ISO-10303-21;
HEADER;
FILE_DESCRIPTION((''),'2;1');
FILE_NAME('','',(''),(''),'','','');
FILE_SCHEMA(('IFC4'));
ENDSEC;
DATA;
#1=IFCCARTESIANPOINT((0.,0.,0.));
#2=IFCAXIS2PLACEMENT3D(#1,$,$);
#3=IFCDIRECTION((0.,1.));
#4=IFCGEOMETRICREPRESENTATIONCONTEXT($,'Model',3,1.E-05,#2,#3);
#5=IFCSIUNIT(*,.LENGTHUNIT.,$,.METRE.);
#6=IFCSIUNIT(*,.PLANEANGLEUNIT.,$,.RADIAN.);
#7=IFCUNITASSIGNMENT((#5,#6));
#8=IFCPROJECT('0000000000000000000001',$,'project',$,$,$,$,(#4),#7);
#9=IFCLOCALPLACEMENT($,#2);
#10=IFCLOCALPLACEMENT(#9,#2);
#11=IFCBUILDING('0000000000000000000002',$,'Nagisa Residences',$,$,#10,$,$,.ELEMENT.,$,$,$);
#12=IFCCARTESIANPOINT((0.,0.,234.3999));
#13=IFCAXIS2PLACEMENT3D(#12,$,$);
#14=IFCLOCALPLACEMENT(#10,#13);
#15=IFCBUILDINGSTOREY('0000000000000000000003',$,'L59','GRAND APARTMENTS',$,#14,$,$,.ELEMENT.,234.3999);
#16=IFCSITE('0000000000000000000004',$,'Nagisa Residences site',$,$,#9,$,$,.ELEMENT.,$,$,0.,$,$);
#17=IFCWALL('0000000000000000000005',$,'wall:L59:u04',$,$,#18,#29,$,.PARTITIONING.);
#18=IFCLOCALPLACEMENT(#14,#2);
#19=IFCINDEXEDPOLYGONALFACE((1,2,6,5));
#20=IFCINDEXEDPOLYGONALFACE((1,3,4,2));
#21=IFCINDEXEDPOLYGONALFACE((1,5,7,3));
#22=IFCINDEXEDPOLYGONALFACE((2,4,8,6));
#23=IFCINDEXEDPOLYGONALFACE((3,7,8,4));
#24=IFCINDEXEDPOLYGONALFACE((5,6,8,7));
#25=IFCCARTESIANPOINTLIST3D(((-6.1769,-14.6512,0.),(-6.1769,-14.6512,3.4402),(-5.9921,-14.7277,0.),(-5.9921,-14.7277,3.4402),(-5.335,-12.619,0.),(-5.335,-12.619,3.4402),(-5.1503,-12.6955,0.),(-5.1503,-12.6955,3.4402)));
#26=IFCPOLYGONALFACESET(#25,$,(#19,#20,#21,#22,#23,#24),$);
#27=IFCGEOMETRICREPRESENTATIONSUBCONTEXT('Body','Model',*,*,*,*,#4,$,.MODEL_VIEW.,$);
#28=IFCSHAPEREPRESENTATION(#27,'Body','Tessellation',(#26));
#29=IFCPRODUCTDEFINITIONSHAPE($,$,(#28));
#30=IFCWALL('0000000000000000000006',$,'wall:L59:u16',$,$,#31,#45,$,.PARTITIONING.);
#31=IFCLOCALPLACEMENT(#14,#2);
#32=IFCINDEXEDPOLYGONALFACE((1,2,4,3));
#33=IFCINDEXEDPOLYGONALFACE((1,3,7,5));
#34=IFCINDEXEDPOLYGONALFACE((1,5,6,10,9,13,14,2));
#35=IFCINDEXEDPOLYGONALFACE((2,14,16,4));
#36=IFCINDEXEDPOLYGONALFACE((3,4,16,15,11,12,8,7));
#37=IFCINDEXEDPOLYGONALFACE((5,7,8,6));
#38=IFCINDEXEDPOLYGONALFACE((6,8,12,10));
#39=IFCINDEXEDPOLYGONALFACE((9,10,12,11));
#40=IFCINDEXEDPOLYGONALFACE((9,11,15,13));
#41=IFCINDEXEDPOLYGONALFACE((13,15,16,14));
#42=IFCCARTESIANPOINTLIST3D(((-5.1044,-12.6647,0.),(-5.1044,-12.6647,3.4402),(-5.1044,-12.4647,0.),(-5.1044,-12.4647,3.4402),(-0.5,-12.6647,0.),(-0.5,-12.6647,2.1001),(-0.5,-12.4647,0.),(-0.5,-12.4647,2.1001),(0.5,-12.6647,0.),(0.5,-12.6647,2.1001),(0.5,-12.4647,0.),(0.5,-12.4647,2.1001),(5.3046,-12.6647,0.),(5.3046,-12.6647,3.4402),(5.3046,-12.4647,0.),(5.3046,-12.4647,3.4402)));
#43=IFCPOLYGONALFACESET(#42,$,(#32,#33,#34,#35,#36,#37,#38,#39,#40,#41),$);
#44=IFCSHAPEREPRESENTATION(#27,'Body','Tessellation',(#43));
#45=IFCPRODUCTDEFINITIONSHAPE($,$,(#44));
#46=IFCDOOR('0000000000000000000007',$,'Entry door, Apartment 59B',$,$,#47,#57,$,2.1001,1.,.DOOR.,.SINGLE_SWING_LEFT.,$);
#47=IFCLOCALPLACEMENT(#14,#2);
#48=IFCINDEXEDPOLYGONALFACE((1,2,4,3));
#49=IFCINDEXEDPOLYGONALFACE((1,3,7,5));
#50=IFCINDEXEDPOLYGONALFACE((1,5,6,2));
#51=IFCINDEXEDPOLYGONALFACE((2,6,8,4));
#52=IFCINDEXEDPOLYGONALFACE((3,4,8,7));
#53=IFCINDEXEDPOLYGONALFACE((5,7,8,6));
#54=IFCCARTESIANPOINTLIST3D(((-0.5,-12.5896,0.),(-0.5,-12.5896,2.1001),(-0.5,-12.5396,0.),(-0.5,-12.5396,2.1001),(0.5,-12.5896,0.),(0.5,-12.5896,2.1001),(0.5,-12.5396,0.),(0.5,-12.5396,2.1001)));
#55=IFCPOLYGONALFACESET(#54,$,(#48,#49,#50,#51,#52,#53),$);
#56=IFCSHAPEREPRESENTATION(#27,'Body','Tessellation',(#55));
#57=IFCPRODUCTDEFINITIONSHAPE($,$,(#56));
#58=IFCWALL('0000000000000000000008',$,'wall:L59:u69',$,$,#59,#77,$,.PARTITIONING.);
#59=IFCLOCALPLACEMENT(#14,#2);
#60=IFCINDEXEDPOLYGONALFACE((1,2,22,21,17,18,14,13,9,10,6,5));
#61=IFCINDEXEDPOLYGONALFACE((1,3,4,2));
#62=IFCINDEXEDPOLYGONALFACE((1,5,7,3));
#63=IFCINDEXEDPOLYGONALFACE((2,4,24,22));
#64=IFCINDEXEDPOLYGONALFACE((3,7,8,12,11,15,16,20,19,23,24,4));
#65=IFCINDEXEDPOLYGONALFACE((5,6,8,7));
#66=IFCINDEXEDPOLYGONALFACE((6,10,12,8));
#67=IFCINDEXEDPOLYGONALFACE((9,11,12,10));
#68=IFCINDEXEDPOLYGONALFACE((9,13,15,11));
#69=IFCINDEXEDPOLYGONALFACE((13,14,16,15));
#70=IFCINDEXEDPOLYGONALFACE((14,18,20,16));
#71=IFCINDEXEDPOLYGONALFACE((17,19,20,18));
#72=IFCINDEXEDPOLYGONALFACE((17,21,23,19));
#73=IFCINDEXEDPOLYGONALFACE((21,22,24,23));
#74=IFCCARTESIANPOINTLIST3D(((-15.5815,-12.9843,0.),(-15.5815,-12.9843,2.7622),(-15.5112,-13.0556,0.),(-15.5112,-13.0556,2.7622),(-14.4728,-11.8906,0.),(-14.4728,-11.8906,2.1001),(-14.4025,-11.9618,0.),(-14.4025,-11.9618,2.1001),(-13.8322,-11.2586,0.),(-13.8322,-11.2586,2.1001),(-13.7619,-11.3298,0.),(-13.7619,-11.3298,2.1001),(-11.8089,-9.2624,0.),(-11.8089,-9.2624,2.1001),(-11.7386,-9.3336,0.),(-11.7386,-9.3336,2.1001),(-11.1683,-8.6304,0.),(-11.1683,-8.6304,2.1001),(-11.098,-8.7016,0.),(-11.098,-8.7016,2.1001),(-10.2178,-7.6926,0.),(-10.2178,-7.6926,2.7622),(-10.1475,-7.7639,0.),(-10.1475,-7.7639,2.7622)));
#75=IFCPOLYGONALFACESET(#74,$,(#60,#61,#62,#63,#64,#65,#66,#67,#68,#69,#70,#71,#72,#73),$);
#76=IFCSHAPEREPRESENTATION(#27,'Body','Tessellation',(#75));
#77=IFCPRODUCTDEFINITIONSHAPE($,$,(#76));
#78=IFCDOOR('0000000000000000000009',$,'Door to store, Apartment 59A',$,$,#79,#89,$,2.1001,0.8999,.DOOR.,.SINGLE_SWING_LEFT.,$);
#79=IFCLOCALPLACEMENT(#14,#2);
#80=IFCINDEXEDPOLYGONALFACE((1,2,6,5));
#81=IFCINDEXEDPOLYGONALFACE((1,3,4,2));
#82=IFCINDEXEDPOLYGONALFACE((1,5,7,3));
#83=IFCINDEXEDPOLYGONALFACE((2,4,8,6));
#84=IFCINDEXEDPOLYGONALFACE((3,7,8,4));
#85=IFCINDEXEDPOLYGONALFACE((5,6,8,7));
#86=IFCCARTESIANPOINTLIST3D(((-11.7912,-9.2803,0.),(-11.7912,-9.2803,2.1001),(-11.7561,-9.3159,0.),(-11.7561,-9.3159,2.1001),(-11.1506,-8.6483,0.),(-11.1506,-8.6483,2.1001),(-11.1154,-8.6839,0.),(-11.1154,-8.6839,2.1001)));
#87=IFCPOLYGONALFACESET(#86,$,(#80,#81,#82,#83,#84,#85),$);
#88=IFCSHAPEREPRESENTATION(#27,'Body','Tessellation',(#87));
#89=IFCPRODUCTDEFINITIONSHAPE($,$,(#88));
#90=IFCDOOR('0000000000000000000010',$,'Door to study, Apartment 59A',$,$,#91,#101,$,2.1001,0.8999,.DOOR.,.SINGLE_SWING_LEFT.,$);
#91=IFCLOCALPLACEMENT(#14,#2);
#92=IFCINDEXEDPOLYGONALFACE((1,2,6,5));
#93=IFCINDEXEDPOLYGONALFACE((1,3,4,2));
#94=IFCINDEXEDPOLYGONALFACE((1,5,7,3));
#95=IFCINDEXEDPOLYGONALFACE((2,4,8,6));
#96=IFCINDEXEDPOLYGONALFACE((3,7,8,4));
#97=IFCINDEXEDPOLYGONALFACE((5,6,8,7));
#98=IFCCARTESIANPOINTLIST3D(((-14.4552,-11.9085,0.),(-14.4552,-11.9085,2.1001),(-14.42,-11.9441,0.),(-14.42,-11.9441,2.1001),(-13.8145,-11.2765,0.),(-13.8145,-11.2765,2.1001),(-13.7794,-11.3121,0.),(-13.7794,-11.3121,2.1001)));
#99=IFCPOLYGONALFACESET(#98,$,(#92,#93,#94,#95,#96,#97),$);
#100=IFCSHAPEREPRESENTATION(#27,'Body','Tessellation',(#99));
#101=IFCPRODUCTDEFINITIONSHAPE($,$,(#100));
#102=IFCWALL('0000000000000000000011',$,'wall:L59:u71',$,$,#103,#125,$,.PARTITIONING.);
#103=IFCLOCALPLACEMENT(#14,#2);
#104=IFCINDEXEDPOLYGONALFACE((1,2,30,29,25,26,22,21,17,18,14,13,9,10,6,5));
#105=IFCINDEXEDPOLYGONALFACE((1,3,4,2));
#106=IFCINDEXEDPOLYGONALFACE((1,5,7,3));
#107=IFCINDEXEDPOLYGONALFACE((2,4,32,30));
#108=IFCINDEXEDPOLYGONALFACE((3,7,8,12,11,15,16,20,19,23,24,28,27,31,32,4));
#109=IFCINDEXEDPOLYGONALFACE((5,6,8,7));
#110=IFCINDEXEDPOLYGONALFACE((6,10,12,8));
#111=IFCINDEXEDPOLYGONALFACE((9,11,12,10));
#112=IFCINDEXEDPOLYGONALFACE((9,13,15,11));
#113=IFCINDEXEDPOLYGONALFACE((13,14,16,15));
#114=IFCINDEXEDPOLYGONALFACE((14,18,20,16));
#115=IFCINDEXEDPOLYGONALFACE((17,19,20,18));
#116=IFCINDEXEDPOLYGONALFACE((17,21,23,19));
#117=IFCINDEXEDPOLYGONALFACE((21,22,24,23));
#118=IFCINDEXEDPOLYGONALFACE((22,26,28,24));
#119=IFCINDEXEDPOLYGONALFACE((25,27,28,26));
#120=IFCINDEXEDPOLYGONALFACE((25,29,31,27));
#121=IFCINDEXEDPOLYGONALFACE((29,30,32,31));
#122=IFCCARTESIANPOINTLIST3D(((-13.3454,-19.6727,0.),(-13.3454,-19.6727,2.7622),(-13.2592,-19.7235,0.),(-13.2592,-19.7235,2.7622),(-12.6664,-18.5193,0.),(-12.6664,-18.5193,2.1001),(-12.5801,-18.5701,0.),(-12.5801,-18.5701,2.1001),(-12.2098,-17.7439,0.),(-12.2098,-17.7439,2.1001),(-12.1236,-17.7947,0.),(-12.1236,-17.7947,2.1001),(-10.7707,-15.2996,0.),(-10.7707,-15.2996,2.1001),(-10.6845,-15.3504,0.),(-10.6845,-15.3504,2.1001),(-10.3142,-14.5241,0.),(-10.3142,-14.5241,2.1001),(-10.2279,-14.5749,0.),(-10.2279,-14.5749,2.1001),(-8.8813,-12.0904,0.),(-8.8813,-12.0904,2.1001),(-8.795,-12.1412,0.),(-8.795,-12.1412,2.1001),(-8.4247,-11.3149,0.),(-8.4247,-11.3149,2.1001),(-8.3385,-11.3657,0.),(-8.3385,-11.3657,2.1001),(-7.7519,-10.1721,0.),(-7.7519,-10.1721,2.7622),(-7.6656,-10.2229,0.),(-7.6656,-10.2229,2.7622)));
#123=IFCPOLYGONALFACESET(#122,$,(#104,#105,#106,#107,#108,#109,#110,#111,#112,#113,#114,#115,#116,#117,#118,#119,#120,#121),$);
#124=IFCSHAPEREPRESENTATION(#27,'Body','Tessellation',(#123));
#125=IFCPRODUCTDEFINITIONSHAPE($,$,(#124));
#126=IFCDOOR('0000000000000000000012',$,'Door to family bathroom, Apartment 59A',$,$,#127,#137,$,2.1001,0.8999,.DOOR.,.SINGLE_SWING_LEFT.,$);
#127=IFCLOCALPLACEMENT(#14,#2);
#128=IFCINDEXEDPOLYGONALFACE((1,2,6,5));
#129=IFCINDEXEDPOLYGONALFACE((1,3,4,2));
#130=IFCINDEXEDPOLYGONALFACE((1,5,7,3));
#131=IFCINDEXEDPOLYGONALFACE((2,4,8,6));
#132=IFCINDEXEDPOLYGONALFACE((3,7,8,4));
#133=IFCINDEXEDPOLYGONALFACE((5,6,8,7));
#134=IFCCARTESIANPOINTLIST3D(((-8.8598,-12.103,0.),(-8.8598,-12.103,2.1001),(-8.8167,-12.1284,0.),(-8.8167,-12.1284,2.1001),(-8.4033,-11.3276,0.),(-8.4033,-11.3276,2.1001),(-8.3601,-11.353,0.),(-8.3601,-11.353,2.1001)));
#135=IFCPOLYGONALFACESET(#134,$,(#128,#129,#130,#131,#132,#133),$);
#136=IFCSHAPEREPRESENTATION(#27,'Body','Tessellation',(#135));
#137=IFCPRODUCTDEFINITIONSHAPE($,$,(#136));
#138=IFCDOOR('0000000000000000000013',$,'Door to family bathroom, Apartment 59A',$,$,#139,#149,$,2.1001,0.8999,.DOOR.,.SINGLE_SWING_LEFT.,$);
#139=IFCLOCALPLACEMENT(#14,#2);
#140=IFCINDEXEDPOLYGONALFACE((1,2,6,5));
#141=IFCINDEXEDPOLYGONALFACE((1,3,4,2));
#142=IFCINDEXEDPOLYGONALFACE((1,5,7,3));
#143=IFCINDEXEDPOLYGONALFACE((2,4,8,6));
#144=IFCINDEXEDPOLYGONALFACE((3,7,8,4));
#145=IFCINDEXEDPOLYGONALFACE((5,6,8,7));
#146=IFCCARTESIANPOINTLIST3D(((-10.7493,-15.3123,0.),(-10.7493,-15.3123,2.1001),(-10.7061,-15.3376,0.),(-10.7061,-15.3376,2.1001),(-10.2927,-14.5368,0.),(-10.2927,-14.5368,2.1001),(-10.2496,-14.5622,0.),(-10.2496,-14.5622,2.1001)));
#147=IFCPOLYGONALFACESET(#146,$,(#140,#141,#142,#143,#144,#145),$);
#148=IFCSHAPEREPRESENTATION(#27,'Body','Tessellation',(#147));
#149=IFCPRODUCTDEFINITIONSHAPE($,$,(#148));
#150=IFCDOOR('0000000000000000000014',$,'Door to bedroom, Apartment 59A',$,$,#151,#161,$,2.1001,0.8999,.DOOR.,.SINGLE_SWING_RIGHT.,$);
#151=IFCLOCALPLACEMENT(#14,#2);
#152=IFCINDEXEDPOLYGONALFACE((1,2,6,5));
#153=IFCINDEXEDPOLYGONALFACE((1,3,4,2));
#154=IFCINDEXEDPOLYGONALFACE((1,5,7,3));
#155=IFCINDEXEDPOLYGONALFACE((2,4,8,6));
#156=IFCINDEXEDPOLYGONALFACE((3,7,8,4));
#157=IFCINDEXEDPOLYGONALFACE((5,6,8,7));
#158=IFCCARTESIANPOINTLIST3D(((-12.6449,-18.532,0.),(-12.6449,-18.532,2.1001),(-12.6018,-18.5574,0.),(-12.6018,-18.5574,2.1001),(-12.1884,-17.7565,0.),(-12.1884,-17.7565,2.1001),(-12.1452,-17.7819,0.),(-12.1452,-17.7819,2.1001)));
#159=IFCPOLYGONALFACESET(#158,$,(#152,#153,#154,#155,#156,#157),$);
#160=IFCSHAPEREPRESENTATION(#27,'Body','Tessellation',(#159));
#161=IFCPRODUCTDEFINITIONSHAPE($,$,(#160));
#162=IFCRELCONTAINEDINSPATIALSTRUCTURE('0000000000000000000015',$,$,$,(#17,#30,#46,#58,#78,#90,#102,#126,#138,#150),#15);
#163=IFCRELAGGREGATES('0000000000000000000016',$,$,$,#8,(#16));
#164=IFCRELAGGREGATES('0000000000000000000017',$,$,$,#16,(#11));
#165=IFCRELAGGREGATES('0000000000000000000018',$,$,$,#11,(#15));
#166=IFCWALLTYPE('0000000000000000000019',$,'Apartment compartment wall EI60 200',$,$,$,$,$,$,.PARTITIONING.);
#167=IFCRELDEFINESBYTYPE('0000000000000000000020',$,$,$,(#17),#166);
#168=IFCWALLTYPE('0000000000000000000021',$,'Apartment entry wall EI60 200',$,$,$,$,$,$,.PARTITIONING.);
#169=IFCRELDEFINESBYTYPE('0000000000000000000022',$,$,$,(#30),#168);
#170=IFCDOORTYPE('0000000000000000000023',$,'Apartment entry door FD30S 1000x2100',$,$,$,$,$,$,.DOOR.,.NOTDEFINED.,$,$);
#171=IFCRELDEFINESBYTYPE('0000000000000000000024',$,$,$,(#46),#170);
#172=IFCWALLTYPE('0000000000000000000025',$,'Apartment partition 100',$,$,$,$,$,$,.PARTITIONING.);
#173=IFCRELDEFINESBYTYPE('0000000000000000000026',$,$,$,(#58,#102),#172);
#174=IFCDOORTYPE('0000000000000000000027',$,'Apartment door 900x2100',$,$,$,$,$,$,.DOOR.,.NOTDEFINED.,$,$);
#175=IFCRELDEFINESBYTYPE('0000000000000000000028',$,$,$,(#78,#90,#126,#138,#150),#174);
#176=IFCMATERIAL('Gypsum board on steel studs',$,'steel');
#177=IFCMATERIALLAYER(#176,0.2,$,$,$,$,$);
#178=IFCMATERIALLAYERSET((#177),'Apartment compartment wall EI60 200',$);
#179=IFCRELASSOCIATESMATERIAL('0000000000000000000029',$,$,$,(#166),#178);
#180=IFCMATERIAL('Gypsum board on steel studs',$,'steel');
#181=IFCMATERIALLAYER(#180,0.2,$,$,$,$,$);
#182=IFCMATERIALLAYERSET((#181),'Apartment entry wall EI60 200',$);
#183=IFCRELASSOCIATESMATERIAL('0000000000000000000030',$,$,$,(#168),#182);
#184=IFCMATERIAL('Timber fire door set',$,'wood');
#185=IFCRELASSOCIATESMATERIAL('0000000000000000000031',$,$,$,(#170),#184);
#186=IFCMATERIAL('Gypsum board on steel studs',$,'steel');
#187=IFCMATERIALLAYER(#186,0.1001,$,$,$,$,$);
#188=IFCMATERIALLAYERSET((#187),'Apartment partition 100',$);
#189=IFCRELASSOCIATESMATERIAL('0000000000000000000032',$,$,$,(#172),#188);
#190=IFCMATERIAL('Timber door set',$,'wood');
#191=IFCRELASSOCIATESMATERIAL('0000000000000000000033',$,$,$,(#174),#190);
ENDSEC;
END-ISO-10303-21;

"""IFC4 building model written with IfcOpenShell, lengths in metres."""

from ifc_helpers import new_model, si_unit, direction, frame, frame_2d, origin, place, context, subcontext, project, spatial, rectangle, extrude, material, layer, layer_set, type_object, element, fill, save


model = new_model("IFC4")

# Units and contexts
model_context = context("Model", 3, precision=1e-05, world=origin(), true_north=direction((0.0, 1.0)))
body_context = subcontext(model_context, "Body", "Model", "MODEL_VIEW")
ifc_project = project(units=[si_unit("LENGTHUNIT", "METRE"), si_unit("PLANEANGLEUNIT", "RADIAN")], contexts=[model_context])

# Site, building, storey
site_placement = place(None, origin())
site = spatial("IfcSite", under=ifc_project, at=site_placement, Name="Nagisa Residences site", CompositionType="ELEMENT", RefElevation=0.0)
building_placement = place(site_placement, origin())
building = spatial("IfcBuilding", under=site, at=building_placement, Name="Nagisa Residences", CompositionType="ELEMENT")
storey_placement = place(building_placement, frame((0.0, 0.0, 234.3999)))
storey = spatial("IfcBuildingStorey", under=building, at=storey_placement, Name="L59", Description="GRAND APARTMENTS", CompositionType="ELEMENT", Elevation=234.3999)

# Wall
ifc_material_1 = material(Name="Gypsum board on steel studs", Category="steel")
ifc_layer_1 = layer(ifc_material_1, 0.2)
ifc_layer_set_1 = layer_set([ifc_layer_1], Name="Apartment compartment wall EI60 200")
wall_type_1 = type_object("IfcWallType", Name="Apartment compartment wall EI60 200", PredefinedType="PARTITIONING", material=ifc_layer_set_1)
wall_1_placement = place(storey_placement, frame((-5.2427, -12.6572, 0.0), z_axis=(0.0, 0.0, 1.0), x_axis=(-0.382692, -0.923876, 0.0)))
element("IfcWall", 1, at=wall_1_placement, inside=storey, type_object=wall_type_1, Name="wall:L59:u04", PredefinedType="PARTITIONING", context=body_context, shape_type="SweptSolid", body=[
    extrude(rectangle(XDim=2.1997, YDim=0.2, at=frame_2d((1.0999, 0.0))), origin(), (0.0, 0.0, 1.0), 3.4402),
])

# Wall, opening, door
ifc_material_2 = material(Name="Gypsum board on steel studs", Category="steel")
ifc_layer_2 = layer(ifc_material_2, 0.2)
ifc_layer_set_2 = layer_set([ifc_layer_2], Name="Apartment entry wall EI60 200")
wall_type_2 = type_object("IfcWallType", Name="Apartment entry wall EI60 200", PredefinedType="PARTITIONING", material=ifc_layer_set_2)
wall_2_placement = place(storey_placement, frame((-5.1045, -12.5647, 0.0), z_axis=(0.0, 0.0, 1.0), x_axis=(1.0, 0.0, 0.0)))
wall_2 = element("IfcWall", 2, at=wall_2_placement, inside=storey, type_object=wall_type_2, Name="wall:L59:u16", PredefinedType="PARTITIONING", context=body_context, shape_type="SweptSolid", body=[
    extrude(rectangle(XDim=10.4089, YDim=0.2, at=frame_2d((5.2046, 0.0))), origin(), (0.0, 0.0, 1.0), 3.4402),
])
opening_1_placement = place(wall_2_placement, frame((4.6045, 0.0, 0.0)))
opening_1 = element("IfcOpeningElement", 3, at=opening_1_placement, cuts=wall_2, PredefinedType="OPENING", context=body_context, shape_type="SweptSolid", body=[
    extrude(rectangle(XDim=1.0, YDim=2.1001, at=frame_2d((0.5, 1.05))), frame((0.0, 0.1099, 0.0), z_axis=(0.0, -1.0, 0.0), x_axis=(1.0, 0.0, 0.0)), (0.0, 0.0, 1.0), 0.22),
])
ifc_material_3 = material(Name="Timber fire door set", Category="wood")
door_type_1 = type_object("IfcDoorType", Name="Apartment entry door FD30S 1000x2100", OperationType="NOTDEFINED", PredefinedType="DOOR", material=ifc_material_3)
door_1_placement = place(opening_1_placement, frame((1.0, 0.0, 0.0), x_axis=(-1.0, 0.0, 0.0)))
door_1 = element("IfcDoor", 4, at=door_1_placement, inside=storey, type_object=door_type_1, Name="Entry door, Apartment 59B", OperationType="SINGLE_SWING_LEFT", OverallHeight=2.1001, OverallWidth=1.0, PredefinedType="DOOR", context=body_context, shape_type="SweptSolid", body=[
    extrude(rectangle(XDim=1.0, YDim=2.1001, at=frame_2d((0.5, 1.05))), frame((0.0, 0.0249, 0.0), z_axis=(0.0, -1.0, 0.0), x_axis=(1.0, 0.0, 0.0)), (0.0, 0.0, 1.0), 0.05),
])
fill(opening_1, door_1)

# Walls, openings, doors
ifc_material_4 = material(Name="Gypsum board on steel studs", Category="steel")
ifc_layer_3 = layer(ifc_material_4, 0.1001)
ifc_layer_set_3 = layer_set([ifc_layer_3], Name="Apartment partition 100")
wall_type_3 = type_object("IfcWallType", Name="Apartment partition 100", PredefinedType="PARTITIONING", material=ifc_layer_set_3)
wall_3_placement = place(storey_placement, frame((-10.1826, -7.7283, 0.0), z_axis=(0.0, 0.0, 1.0), x_axis=(-0.71187, -0.702311, 0.0)))
wall_3 = element("IfcWall", 5, at=wall_3_placement, inside=storey, type_object=wall_type_3, Name="wall:L59:u69", PredefinedType="PARTITIONING", context=body_context, shape_type="SweptSolid", body=[
    extrude(rectangle(XDim=7.5347, YDim=0.1001, at=frame_2d((3.7673, 0.0))), origin(), (0.0, 0.0, 1.0), 2.7622),
])
opening_2_placement = place(wall_3_placement, frame((1.3352, 0.0, 0.0)))
opening_2 = element("IfcOpeningElement", 6, at=opening_2_placement, cuts=wall_3, PredefinedType="OPENING", context=body_context, shape_type="SweptSolid", body=[
    extrude(rectangle(XDim=0.8999, YDim=2.1001, at=frame_2d((0.45, 1.05))), frame((0.0, 0.0601, 0.0), z_axis=(0.0, -1.0, 0.0), x_axis=(1.0, 0.0, 0.0)), (0.0, 0.0, 1.0), 0.1201),
])
opening_3_placement = place(wall_3_placement, frame((5.0774, 0.0, 0.0)))
opening_3 = element("IfcOpeningElement", 7, at=opening_3_placement, cuts=wall_3, PredefinedType="OPENING", context=body_context, shape_type="SweptSolid", body=[
    extrude(rectangle(XDim=0.8999, YDim=2.1001, at=frame_2d((0.45, 1.05))), frame((0.0, 0.0601, 0.0), z_axis=(0.0, -1.0, 0.0), x_axis=(1.0, 0.0, 0.0)), (0.0, 0.0, 1.0), 0.1201),
])
ifc_material_5 = material(Name="Timber door set", Category="wood")
door_type_2 = type_object("IfcDoorType", Name="Apartment door 900x2100", OperationType="NOTDEFINED", PredefinedType="DOOR", material=ifc_material_5)
door_2_placement = place(opening_2_placement, frame((0.8999, 0.0, 0.0), x_axis=(-1.0, 0.0, 0.0)))
door_2 = element("IfcDoor", 8, at=door_2_placement, inside=storey, type_object=door_type_2, Name="Door to store, Apartment 59A", OperationType="SINGLE_SWING_LEFT", OverallHeight=2.1001, OverallWidth=0.8999, PredefinedType="DOOR", context=body_context, shape_type="SweptSolid", body=[
    extrude(rectangle(XDim=0.8999, YDim=2.1001, at=frame_2d((0.45, 1.05))), frame((0.0, 0.0249, 0.0), z_axis=(0.0, -1.0, 0.0), x_axis=(1.0, 0.0, 0.0)), (0.0, 0.0, 1.0), 0.05),
])
fill(opening_2, door_2)
door_3_placement = place(opening_3_placement, frame((0.8999, 0.0, 0.0), x_axis=(-1.0, 0.0, 0.0)))
door_3 = element("IfcDoor", 9, at=door_3_placement, inside=storey, type_object=door_type_2, Name="Door to study, Apartment 59A", OperationType="SINGLE_SWING_LEFT", OverallHeight=2.1001, OverallWidth=0.8999, PredefinedType="DOOR", context=body_context, shape_type="SweptSolid", body=[
    extrude(rectangle(XDim=0.8999, YDim=2.1001, at=frame_2d((0.45, 1.05))), frame((0.0, 0.0249, 0.0), z_axis=(0.0, -1.0, 0.0), x_axis=(1.0, 0.0, 0.0)), (0.0, 0.0, 1.0), 0.05),
])
fill(opening_3, door_3)
wall_4_placement = place(storey_placement, frame((-7.7087, -10.1975, 0.0), z_axis=(0.0, 0.0, 1.0), x_axis=(-0.507356, -0.861737, 0.0)))
wall_4 = element("IfcWall", 10, at=wall_4_placement, inside=storey, type_object=wall_type_3, Name="wall:L59:u71", PredefinedType="PARTITIONING", context=body_context, shape_type="SweptSolid", body=[
    extrude(rectangle(XDim=11.0249, YDim=0.1001, at=frame_2d((5.5125, 0.0))), origin(), (0.0, 0.0, 1.0), 2.7622),
])
opening_4_placement = place(wall_4_placement, frame((1.3262, 0.0, 0.0)))
opening_4 = element("IfcOpeningElement", 11, at=opening_4_placement, cuts=wall_4, PredefinedType="OPENING", context=body_context, shape_type="SweptSolid", body=[
    extrude(rectangle(XDim=0.8999, YDim=2.1001, at=frame_2d((0.45, 1.05))), frame((0.0, 0.0601, 0.0), z_axis=(0.0, -1.0, 0.0), x_axis=(1.0, 0.0, 0.0)), (0.0, 0.0, 1.0), 0.1201),
])
opening_5_placement = place(wall_4_placement, frame((5.0503, 0.0, 0.0)))
opening_5 = element("IfcOpeningElement", 12, at=opening_5_placement, cuts=wall_4, PredefinedType="OPENING", context=body_context, shape_type="SweptSolid", body=[
    extrude(rectangle(XDim=0.8999, YDim=2.1001, at=frame_2d((0.45, 1.05))), frame((0.0, 0.0601, 0.0), z_axis=(0.0, -1.0, 0.0), x_axis=(1.0, 0.0, 0.0)), (0.0, 0.0, 1.0), 0.1201),
])
opening_6_placement = place(wall_4_placement, frame((8.7866, 0.0, 0.0)))
opening_6 = element("IfcOpeningElement", 13, at=opening_6_placement, cuts=wall_4, PredefinedType="OPENING", context=body_context, shape_type="SweptSolid", body=[
    extrude(rectangle(XDim=0.8999, YDim=2.1001, at=frame_2d((0.45, 1.05))), frame((0.0, 0.0601, 0.0), z_axis=(0.0, -1.0, 0.0), x_axis=(1.0, 0.0, 0.0)), (0.0, 0.0, 1.0), 0.1201),
])
door_4_placement = place(opening_4_placement, origin())
door_4 = element("IfcDoor", 14, at=door_4_placement, inside=storey, type_object=door_type_2, Name="Door to family bathroom, Apartment 59A", OperationType="SINGLE_SWING_LEFT", OverallHeight=2.1001, OverallWidth=0.8999, PredefinedType="DOOR", context=body_context, shape_type="SweptSolid", body=[
    extrude(rectangle(XDim=0.8999, YDim=2.1001, at=frame_2d((0.45, 1.05))), frame((0.0, 0.0249, 0.0), z_axis=(0.0, -1.0, 0.0), x_axis=(1.0, 0.0, 0.0)), (0.0, 0.0, 1.0), 0.05),
])
fill(opening_4, door_4)
door_5_placement = place(opening_5_placement, origin())
door_5 = element("IfcDoor", 15, at=door_5_placement, inside=storey, type_object=door_type_2, Name="Door to family bathroom, Apartment 59A", OperationType="SINGLE_SWING_LEFT", OverallHeight=2.1001, OverallWidth=0.8999, PredefinedType="DOOR", context=body_context, shape_type="SweptSolid", body=[
    extrude(rectangle(XDim=0.8999, YDim=2.1001, at=frame_2d((0.45, 1.05))), frame((0.0, 0.0249, 0.0), z_axis=(0.0, -1.0, 0.0), x_axis=(1.0, 0.0, 0.0)), (0.0, 0.0, 1.0), 0.05),
])
fill(opening_5, door_5)
door_6_placement = place(opening_6_placement, origin())
door_6 = element("IfcDoor", 16, at=door_6_placement, inside=storey, type_object=door_type_2, Name="Door to bedroom, Apartment 59A", OperationType="SINGLE_SWING_RIGHT", OverallHeight=2.1001, OverallWidth=0.8999, PredefinedType="DOOR", context=body_context, shape_type="SweptSolid", body=[
    extrude(rectangle(XDim=0.8999, YDim=2.1001, at=frame_2d((0.45, 1.05))), frame((0.0, 0.0249, 0.0), z_axis=(0.0, -1.0, 0.0), x_axis=(1.0, 0.0, 0.0)), (0.0, 0.0, 1.0), 0.05),
])
fill(opening_6, door_6)

save(model, "model.ifc")
